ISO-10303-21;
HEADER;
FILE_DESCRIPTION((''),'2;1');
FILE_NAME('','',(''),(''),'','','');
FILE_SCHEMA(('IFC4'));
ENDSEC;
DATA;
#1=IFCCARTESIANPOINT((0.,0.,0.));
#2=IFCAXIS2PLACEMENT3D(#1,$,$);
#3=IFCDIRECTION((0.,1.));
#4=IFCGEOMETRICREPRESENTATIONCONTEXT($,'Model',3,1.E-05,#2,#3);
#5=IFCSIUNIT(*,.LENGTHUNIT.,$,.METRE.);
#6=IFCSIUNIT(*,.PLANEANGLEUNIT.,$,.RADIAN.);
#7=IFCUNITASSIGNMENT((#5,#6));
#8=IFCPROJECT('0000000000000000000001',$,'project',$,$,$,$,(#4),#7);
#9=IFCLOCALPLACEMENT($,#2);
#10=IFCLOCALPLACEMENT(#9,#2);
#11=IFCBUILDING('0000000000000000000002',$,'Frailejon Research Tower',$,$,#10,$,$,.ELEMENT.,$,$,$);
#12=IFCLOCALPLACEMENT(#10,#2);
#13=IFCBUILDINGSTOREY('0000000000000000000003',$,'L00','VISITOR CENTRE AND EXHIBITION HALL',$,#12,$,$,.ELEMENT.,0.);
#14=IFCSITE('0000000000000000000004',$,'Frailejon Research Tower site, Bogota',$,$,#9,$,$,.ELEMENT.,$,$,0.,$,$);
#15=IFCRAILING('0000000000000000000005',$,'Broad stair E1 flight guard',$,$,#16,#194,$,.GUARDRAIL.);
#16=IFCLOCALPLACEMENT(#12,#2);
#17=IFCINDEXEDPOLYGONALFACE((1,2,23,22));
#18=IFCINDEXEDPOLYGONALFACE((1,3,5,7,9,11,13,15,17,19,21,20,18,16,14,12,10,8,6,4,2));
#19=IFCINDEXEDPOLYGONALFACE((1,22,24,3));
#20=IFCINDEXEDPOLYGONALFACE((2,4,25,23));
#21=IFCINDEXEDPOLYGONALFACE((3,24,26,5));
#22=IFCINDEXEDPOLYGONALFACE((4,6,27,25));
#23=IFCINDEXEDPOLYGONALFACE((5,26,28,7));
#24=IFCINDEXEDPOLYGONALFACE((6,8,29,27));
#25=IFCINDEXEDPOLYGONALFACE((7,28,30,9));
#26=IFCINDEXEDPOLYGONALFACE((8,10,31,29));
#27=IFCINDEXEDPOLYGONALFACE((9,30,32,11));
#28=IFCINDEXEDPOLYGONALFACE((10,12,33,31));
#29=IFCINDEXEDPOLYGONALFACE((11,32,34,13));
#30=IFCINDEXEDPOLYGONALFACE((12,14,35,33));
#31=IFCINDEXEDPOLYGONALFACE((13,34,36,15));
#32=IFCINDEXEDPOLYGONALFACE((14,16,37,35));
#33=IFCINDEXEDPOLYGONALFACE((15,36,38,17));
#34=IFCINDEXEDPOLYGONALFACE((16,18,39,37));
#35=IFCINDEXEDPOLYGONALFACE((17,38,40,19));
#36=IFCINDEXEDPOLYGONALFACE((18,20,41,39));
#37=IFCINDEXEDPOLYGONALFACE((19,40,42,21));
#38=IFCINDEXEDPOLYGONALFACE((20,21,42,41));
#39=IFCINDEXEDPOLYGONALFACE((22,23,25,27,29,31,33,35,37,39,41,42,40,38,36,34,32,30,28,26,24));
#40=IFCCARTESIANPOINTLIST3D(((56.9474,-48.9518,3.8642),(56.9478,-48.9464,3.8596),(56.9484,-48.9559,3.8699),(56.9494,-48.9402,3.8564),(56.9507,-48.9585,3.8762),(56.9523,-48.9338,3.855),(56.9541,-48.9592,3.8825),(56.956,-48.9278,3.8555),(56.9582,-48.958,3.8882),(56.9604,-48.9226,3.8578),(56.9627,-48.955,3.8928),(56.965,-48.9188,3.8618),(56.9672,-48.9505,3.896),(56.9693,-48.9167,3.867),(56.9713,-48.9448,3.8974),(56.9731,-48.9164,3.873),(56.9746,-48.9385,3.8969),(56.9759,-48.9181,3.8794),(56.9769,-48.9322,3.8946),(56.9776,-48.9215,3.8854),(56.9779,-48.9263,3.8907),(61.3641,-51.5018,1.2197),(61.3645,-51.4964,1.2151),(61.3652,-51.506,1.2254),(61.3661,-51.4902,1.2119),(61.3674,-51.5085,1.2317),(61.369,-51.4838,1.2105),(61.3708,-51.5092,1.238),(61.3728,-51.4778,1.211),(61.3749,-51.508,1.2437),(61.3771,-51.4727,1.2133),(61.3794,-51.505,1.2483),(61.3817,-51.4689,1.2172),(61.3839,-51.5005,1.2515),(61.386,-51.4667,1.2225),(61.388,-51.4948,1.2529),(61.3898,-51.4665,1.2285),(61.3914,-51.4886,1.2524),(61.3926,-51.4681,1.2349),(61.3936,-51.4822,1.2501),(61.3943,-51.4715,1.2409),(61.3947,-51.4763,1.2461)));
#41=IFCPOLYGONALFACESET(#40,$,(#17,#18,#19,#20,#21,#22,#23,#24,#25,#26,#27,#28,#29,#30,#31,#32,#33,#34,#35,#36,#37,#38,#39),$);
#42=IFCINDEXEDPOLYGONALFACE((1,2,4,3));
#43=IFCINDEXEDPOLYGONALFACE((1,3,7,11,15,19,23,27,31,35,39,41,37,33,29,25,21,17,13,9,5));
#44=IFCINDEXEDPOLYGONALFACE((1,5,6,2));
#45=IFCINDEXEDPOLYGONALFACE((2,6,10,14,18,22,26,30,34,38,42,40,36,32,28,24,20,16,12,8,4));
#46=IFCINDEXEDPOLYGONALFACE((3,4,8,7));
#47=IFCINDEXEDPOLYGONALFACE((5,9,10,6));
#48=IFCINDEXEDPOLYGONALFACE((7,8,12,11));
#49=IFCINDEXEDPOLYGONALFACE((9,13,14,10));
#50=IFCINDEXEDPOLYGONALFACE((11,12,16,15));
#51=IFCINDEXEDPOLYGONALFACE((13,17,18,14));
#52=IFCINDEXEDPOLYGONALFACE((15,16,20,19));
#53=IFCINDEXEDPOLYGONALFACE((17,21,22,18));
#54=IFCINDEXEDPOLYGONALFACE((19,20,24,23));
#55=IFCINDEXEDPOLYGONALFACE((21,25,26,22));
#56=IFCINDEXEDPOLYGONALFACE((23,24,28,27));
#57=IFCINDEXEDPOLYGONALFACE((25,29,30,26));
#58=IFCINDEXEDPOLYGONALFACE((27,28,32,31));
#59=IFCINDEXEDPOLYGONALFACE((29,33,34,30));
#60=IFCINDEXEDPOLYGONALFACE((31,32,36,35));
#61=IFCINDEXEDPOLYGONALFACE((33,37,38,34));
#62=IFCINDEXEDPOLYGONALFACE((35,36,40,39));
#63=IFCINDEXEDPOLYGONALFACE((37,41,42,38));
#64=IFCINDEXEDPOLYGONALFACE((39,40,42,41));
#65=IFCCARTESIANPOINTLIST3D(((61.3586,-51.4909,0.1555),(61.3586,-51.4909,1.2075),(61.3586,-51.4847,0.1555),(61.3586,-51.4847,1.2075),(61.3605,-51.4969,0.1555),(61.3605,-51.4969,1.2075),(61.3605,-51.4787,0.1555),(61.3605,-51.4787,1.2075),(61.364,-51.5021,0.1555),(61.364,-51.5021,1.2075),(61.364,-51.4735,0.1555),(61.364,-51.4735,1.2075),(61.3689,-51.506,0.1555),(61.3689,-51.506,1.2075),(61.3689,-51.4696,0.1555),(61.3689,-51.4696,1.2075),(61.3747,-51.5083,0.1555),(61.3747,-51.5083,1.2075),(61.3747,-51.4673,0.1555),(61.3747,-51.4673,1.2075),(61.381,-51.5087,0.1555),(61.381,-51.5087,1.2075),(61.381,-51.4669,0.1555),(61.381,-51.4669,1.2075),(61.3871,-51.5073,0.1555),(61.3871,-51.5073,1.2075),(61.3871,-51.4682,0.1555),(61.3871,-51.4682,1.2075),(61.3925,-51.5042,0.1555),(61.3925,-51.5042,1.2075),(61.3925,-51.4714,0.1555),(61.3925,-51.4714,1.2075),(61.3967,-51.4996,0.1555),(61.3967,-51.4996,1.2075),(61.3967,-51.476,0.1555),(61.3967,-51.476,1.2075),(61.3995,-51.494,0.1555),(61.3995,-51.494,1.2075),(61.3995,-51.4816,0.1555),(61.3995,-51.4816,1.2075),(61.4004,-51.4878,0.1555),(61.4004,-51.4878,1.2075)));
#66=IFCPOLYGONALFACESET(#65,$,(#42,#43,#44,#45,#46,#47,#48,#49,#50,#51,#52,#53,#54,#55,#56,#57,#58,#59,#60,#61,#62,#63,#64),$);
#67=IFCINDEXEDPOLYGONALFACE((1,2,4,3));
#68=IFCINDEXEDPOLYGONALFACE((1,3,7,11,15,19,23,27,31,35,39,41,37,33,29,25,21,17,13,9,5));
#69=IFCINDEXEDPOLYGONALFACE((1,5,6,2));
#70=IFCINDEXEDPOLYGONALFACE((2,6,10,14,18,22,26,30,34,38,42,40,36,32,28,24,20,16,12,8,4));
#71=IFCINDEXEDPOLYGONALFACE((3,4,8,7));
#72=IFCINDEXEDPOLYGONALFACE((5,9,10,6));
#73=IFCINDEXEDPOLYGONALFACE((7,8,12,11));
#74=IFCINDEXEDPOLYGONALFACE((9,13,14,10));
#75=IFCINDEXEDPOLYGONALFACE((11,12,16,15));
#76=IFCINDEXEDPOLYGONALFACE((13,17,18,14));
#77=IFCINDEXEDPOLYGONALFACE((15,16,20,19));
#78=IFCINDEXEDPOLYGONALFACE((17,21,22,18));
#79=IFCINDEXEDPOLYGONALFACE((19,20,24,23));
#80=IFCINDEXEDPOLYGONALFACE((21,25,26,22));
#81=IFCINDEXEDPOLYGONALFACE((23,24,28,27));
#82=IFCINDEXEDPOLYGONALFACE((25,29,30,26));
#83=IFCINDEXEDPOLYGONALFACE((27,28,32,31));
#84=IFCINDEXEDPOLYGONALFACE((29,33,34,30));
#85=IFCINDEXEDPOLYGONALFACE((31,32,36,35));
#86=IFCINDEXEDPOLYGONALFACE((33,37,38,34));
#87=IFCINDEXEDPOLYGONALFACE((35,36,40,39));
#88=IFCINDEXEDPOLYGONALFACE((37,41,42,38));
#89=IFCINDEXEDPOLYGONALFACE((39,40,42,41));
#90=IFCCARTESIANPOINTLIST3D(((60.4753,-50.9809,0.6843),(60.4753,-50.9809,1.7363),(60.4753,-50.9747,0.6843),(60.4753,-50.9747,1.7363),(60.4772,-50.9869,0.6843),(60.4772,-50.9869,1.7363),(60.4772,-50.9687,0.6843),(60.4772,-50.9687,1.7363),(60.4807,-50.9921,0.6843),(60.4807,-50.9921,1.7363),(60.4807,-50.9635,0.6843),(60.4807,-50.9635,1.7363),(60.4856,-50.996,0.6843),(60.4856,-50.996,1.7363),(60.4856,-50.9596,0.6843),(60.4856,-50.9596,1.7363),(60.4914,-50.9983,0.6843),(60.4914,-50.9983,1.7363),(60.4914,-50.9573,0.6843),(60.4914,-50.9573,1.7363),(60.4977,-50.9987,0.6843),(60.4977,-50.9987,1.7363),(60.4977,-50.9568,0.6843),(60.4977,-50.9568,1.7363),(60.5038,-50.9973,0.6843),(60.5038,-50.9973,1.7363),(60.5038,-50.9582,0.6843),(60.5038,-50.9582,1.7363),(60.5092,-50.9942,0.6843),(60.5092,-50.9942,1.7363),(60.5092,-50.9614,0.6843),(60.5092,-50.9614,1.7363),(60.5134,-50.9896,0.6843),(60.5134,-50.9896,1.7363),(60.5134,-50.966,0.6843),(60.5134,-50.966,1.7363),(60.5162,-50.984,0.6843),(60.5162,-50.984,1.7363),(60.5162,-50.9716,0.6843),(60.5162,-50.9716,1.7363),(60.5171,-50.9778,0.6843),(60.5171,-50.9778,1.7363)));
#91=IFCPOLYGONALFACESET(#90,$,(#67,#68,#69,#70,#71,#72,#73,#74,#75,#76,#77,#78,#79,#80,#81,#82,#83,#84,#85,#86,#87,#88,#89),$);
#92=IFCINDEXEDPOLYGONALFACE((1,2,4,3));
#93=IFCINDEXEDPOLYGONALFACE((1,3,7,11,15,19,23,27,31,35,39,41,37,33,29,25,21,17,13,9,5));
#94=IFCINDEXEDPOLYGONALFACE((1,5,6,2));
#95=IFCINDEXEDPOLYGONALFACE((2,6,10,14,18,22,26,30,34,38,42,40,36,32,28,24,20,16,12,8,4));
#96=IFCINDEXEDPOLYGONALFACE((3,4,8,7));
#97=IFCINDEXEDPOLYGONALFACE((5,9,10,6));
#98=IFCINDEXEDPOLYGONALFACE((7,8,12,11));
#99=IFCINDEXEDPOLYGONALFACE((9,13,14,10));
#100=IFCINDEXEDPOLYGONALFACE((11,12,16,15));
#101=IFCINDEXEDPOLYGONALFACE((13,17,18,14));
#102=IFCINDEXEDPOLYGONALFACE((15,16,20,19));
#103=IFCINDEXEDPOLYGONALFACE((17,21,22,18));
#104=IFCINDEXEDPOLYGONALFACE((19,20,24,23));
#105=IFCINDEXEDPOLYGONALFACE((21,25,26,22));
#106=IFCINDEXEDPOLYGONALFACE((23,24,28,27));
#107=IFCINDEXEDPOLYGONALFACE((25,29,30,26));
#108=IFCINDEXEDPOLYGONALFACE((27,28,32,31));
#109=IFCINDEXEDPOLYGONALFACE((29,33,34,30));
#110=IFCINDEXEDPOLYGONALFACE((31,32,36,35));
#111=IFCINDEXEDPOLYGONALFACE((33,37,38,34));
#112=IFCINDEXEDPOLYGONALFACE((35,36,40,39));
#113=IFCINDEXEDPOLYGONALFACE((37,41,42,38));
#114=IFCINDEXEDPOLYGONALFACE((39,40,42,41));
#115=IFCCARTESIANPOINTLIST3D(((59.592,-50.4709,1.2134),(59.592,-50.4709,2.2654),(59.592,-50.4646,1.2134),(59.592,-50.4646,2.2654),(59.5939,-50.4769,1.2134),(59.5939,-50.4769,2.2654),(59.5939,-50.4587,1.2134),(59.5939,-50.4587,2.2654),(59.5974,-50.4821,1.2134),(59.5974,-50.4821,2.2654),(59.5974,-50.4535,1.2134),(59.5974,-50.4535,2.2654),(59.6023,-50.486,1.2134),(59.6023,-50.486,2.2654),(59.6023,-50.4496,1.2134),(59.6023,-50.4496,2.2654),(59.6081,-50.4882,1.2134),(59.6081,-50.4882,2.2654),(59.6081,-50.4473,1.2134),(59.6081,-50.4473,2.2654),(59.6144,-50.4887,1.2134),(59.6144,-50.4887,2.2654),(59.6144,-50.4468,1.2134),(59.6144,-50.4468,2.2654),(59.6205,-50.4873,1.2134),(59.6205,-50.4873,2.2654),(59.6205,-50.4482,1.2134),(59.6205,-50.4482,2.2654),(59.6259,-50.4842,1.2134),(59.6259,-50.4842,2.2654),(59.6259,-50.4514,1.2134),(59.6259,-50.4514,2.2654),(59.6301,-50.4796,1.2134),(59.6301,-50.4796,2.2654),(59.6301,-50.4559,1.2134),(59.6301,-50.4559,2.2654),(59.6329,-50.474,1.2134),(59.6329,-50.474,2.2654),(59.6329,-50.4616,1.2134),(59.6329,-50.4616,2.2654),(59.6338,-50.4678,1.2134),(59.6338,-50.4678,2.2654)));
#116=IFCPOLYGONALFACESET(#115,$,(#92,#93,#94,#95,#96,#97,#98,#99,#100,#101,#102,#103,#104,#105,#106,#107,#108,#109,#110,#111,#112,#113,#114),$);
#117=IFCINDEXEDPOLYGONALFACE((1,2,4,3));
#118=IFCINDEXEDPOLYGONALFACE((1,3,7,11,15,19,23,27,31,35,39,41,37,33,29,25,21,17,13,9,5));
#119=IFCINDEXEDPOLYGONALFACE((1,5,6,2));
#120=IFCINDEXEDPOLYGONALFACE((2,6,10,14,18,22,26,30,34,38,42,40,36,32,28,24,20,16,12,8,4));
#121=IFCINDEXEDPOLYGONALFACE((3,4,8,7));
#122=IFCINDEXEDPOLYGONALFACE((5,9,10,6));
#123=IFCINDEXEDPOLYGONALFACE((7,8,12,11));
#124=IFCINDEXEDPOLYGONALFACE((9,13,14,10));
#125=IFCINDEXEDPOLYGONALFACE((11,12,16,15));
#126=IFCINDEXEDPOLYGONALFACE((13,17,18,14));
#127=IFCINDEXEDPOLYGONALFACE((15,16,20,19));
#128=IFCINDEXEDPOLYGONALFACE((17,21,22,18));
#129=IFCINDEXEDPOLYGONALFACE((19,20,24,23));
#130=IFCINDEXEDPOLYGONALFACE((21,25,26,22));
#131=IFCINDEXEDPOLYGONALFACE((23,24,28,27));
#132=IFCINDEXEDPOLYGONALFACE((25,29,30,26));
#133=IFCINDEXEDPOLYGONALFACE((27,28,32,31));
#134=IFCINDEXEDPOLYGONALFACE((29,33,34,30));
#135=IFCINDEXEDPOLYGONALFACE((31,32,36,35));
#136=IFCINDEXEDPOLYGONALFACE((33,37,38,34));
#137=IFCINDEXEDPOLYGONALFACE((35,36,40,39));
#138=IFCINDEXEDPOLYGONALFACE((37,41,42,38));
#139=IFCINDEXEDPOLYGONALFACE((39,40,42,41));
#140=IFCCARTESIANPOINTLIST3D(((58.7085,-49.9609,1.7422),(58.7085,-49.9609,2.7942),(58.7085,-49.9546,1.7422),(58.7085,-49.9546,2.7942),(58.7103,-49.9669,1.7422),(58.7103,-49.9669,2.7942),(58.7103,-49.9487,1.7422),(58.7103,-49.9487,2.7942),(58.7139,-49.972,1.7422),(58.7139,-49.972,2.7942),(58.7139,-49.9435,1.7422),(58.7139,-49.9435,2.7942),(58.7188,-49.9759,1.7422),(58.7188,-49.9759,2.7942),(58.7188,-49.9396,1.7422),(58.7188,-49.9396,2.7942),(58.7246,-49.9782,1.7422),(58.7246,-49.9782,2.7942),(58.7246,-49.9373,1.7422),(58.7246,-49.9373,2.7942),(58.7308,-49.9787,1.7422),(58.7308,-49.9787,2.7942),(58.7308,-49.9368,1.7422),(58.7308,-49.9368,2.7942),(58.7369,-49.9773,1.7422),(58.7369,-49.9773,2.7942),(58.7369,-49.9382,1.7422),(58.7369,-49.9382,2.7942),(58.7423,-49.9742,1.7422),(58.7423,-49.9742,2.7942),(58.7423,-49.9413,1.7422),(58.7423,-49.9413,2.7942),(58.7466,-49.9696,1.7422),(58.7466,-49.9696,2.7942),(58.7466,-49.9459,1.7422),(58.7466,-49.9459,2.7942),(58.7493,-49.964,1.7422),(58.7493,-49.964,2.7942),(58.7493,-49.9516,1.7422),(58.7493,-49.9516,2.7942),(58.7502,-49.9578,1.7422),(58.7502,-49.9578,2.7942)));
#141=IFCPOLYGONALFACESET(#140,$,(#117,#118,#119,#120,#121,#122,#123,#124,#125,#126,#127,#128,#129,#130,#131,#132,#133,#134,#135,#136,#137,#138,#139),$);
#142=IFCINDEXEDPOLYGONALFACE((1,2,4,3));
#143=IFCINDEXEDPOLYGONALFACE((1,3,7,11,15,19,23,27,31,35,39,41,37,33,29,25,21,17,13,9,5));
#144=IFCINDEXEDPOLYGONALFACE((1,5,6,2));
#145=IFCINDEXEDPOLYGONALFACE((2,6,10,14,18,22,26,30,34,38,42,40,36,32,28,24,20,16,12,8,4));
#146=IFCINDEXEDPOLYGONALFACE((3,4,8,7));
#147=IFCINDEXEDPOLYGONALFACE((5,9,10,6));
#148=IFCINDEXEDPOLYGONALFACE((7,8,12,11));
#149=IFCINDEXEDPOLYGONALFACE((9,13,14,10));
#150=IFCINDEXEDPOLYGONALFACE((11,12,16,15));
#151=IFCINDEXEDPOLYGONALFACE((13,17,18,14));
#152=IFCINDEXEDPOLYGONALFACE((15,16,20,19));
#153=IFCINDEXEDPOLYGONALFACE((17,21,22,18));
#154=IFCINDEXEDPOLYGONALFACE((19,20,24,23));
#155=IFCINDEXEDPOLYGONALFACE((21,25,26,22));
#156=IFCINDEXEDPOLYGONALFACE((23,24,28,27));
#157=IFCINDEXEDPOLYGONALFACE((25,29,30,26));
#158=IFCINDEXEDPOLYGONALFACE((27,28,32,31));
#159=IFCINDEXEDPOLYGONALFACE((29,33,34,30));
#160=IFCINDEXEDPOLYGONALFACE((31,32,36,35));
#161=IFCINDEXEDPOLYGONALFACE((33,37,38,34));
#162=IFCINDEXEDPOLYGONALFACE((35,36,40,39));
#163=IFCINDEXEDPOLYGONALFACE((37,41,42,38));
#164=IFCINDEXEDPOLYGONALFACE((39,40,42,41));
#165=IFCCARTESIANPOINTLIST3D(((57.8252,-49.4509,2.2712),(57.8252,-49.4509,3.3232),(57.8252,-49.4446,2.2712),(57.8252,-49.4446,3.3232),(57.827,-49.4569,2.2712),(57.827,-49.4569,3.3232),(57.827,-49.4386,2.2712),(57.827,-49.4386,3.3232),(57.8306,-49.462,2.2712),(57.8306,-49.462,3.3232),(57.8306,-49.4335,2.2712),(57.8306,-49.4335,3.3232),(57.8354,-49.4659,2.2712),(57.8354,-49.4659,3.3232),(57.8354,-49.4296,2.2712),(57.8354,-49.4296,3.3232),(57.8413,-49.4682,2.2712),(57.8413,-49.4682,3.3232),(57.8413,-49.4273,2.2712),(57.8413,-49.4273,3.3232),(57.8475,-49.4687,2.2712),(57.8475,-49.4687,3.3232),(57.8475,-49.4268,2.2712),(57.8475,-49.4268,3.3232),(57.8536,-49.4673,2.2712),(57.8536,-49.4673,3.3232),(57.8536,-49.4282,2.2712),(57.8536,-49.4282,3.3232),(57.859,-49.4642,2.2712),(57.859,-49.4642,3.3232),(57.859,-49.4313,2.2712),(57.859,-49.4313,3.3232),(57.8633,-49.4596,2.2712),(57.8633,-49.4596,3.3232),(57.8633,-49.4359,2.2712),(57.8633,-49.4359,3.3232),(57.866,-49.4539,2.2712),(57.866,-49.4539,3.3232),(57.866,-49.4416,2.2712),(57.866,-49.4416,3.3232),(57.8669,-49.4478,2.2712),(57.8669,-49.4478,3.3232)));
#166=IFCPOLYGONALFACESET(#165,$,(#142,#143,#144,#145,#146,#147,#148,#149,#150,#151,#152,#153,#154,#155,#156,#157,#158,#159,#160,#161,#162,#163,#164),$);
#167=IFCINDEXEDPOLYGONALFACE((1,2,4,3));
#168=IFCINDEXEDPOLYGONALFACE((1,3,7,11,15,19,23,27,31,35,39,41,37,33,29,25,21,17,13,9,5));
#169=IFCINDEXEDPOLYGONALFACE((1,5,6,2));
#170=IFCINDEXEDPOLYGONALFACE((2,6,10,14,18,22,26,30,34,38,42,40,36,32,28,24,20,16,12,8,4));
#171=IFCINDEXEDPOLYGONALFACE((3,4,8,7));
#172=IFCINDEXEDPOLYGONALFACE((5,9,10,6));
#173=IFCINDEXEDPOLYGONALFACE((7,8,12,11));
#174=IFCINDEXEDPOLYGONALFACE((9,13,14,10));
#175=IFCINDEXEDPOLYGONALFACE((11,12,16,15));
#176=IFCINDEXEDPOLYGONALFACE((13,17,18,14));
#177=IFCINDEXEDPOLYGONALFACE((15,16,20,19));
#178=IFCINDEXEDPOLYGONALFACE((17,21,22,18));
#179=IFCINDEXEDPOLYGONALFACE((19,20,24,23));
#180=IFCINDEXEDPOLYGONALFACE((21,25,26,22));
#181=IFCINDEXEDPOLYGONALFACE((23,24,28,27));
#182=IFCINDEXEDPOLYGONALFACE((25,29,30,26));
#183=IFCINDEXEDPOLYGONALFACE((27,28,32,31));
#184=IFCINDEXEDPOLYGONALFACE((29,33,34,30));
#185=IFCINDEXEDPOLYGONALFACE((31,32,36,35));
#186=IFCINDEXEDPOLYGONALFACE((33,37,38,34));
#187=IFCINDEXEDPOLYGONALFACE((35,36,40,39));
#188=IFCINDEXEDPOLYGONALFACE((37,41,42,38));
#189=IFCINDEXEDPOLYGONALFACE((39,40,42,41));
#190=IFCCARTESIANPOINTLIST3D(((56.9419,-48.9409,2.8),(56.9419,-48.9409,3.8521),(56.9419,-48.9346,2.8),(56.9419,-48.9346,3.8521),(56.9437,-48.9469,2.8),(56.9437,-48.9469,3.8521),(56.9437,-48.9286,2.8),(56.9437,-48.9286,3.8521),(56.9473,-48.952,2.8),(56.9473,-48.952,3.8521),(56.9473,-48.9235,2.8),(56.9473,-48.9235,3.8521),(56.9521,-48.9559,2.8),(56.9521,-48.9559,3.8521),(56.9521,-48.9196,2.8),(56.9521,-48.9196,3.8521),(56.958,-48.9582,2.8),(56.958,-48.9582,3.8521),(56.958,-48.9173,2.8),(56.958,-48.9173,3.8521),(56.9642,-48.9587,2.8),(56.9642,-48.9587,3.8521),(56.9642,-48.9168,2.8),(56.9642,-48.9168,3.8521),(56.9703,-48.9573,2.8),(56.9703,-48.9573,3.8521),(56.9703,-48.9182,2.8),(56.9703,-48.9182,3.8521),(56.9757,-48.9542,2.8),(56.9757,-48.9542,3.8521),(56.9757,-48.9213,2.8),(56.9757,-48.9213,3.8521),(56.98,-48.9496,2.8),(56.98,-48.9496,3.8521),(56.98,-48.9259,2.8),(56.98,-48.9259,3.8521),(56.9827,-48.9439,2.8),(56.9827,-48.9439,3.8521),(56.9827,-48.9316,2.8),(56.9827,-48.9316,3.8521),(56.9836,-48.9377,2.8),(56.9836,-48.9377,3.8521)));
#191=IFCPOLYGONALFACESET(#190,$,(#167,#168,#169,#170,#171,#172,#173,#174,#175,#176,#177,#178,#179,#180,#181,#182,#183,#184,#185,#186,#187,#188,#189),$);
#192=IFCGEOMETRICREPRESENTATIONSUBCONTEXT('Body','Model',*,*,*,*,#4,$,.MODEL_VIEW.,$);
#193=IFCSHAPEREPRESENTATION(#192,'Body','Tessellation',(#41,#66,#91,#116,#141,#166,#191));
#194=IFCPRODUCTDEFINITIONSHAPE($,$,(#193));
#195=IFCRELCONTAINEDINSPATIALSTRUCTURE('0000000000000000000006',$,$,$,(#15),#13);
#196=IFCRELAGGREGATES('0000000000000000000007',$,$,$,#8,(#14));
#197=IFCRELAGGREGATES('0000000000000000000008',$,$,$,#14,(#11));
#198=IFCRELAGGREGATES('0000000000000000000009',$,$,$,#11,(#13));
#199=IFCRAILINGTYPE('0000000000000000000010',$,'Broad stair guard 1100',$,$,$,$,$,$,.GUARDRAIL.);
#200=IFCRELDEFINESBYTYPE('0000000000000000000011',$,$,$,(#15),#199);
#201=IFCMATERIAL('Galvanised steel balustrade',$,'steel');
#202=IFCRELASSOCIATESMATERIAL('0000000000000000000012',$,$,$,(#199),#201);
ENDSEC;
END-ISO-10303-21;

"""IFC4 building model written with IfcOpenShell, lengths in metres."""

from ifc_helpers import new_model, si_unit, direction, frame, origin, origin_2d, place, context, subcontext, project, spatial, circle, extrude, material, type_object, element, save


model = new_model("IFC4")

# Units and contexts
model_context = context("Model", 3, precision=1e-05, world=origin(), true_north=direction((0.0, 1.0)))
body_context = subcontext(model_context, "Body", "Model", "MODEL_VIEW")
ifc_project = project(units=[si_unit("LENGTHUNIT", "METRE"), si_unit("PLANEANGLEUNIT", "RADIAN")], contexts=[model_context])

# Site, building, storey
site_placement = place(None, origin())
site = spatial("IfcSite", under=ifc_project, at=site_placement, Name="Frailejon Research Tower site, Bogota", CompositionType="ELEMENT", RefElevation=0.0)
building_placement = place(site_placement, origin())
building = spatial("IfcBuilding", under=site, at=building_placement, Name="Frailejon Research Tower", CompositionType="ELEMENT")
storey_placement = place(building_placement, origin())
storey = spatial("IfcBuildingStorey", under=building, at=storey_placement, Name="L00", Description="VISITOR CENTRE AND EXHIBITION HALL", CompositionType="ELEMENT", Elevation=0.0)

# Railing
ifc_material_1 = material(Name="Galvanised steel balustrade", Category="steel")
railing_type_1 = type_object("IfcRailingType", Name="Broad stair guard 1100", PredefinedType="GUARDRAIL", material=ifc_material_1)
for number, where, name in (
    (1, (61.3794, -51.4878, 0.1555), "Broad stair E1 flight guard"),
):
    element("IfcRailing", number, at=place(storey_placement, frame(where)), inside=storey, type_object=railing_type_1, Name=name, PredefinedType="GUARDRAIL", context=body_context, shape_type="SweptSolid", body=[
        extrude(circle(Radius=0.0239, at=origin_2d()), frame((0.0, 0.0, 1.0762), z_axis=(-0.768811, 0.44388, 0.460326), x_axis=(-0.500006, -0.866022, 0.0)), (0.0, 0.0, 1.0), 5.7449),
        extrude(circle(Radius=0.021, at=origin_2d()), origin(), (0.0, 0.0, 1.0), 1.052),
        extrude(circle(Radius=0.021, at=origin_2d()), frame((-0.8833, 0.51, 0.5288)), (0.0, 0.0, 1.0), 1.052),
        extrude(circle(Radius=0.021, at=origin_2d()), frame((-1.7666, 1.02, 1.0579)), (0.0, 0.0, 1.0), 1.052),
        extrude(circle(Radius=0.021, at=origin_2d()), frame((-2.6501, 1.53, 1.5867)), (0.0, 0.0, 1.0), 1.052),
        extrude(circle(Radius=0.021, at=origin_2d()), frame((-3.5334, 2.04, 2.1157)), (0.0, 0.0, 1.0), 1.052),
        extrude(circle(Radius=0.021, at=origin_2d()), frame((-4.4167, 2.55, 2.6445)), (0.0, 0.0, 1.0), 1.052),
    ])

save(model, "model.ifc")
